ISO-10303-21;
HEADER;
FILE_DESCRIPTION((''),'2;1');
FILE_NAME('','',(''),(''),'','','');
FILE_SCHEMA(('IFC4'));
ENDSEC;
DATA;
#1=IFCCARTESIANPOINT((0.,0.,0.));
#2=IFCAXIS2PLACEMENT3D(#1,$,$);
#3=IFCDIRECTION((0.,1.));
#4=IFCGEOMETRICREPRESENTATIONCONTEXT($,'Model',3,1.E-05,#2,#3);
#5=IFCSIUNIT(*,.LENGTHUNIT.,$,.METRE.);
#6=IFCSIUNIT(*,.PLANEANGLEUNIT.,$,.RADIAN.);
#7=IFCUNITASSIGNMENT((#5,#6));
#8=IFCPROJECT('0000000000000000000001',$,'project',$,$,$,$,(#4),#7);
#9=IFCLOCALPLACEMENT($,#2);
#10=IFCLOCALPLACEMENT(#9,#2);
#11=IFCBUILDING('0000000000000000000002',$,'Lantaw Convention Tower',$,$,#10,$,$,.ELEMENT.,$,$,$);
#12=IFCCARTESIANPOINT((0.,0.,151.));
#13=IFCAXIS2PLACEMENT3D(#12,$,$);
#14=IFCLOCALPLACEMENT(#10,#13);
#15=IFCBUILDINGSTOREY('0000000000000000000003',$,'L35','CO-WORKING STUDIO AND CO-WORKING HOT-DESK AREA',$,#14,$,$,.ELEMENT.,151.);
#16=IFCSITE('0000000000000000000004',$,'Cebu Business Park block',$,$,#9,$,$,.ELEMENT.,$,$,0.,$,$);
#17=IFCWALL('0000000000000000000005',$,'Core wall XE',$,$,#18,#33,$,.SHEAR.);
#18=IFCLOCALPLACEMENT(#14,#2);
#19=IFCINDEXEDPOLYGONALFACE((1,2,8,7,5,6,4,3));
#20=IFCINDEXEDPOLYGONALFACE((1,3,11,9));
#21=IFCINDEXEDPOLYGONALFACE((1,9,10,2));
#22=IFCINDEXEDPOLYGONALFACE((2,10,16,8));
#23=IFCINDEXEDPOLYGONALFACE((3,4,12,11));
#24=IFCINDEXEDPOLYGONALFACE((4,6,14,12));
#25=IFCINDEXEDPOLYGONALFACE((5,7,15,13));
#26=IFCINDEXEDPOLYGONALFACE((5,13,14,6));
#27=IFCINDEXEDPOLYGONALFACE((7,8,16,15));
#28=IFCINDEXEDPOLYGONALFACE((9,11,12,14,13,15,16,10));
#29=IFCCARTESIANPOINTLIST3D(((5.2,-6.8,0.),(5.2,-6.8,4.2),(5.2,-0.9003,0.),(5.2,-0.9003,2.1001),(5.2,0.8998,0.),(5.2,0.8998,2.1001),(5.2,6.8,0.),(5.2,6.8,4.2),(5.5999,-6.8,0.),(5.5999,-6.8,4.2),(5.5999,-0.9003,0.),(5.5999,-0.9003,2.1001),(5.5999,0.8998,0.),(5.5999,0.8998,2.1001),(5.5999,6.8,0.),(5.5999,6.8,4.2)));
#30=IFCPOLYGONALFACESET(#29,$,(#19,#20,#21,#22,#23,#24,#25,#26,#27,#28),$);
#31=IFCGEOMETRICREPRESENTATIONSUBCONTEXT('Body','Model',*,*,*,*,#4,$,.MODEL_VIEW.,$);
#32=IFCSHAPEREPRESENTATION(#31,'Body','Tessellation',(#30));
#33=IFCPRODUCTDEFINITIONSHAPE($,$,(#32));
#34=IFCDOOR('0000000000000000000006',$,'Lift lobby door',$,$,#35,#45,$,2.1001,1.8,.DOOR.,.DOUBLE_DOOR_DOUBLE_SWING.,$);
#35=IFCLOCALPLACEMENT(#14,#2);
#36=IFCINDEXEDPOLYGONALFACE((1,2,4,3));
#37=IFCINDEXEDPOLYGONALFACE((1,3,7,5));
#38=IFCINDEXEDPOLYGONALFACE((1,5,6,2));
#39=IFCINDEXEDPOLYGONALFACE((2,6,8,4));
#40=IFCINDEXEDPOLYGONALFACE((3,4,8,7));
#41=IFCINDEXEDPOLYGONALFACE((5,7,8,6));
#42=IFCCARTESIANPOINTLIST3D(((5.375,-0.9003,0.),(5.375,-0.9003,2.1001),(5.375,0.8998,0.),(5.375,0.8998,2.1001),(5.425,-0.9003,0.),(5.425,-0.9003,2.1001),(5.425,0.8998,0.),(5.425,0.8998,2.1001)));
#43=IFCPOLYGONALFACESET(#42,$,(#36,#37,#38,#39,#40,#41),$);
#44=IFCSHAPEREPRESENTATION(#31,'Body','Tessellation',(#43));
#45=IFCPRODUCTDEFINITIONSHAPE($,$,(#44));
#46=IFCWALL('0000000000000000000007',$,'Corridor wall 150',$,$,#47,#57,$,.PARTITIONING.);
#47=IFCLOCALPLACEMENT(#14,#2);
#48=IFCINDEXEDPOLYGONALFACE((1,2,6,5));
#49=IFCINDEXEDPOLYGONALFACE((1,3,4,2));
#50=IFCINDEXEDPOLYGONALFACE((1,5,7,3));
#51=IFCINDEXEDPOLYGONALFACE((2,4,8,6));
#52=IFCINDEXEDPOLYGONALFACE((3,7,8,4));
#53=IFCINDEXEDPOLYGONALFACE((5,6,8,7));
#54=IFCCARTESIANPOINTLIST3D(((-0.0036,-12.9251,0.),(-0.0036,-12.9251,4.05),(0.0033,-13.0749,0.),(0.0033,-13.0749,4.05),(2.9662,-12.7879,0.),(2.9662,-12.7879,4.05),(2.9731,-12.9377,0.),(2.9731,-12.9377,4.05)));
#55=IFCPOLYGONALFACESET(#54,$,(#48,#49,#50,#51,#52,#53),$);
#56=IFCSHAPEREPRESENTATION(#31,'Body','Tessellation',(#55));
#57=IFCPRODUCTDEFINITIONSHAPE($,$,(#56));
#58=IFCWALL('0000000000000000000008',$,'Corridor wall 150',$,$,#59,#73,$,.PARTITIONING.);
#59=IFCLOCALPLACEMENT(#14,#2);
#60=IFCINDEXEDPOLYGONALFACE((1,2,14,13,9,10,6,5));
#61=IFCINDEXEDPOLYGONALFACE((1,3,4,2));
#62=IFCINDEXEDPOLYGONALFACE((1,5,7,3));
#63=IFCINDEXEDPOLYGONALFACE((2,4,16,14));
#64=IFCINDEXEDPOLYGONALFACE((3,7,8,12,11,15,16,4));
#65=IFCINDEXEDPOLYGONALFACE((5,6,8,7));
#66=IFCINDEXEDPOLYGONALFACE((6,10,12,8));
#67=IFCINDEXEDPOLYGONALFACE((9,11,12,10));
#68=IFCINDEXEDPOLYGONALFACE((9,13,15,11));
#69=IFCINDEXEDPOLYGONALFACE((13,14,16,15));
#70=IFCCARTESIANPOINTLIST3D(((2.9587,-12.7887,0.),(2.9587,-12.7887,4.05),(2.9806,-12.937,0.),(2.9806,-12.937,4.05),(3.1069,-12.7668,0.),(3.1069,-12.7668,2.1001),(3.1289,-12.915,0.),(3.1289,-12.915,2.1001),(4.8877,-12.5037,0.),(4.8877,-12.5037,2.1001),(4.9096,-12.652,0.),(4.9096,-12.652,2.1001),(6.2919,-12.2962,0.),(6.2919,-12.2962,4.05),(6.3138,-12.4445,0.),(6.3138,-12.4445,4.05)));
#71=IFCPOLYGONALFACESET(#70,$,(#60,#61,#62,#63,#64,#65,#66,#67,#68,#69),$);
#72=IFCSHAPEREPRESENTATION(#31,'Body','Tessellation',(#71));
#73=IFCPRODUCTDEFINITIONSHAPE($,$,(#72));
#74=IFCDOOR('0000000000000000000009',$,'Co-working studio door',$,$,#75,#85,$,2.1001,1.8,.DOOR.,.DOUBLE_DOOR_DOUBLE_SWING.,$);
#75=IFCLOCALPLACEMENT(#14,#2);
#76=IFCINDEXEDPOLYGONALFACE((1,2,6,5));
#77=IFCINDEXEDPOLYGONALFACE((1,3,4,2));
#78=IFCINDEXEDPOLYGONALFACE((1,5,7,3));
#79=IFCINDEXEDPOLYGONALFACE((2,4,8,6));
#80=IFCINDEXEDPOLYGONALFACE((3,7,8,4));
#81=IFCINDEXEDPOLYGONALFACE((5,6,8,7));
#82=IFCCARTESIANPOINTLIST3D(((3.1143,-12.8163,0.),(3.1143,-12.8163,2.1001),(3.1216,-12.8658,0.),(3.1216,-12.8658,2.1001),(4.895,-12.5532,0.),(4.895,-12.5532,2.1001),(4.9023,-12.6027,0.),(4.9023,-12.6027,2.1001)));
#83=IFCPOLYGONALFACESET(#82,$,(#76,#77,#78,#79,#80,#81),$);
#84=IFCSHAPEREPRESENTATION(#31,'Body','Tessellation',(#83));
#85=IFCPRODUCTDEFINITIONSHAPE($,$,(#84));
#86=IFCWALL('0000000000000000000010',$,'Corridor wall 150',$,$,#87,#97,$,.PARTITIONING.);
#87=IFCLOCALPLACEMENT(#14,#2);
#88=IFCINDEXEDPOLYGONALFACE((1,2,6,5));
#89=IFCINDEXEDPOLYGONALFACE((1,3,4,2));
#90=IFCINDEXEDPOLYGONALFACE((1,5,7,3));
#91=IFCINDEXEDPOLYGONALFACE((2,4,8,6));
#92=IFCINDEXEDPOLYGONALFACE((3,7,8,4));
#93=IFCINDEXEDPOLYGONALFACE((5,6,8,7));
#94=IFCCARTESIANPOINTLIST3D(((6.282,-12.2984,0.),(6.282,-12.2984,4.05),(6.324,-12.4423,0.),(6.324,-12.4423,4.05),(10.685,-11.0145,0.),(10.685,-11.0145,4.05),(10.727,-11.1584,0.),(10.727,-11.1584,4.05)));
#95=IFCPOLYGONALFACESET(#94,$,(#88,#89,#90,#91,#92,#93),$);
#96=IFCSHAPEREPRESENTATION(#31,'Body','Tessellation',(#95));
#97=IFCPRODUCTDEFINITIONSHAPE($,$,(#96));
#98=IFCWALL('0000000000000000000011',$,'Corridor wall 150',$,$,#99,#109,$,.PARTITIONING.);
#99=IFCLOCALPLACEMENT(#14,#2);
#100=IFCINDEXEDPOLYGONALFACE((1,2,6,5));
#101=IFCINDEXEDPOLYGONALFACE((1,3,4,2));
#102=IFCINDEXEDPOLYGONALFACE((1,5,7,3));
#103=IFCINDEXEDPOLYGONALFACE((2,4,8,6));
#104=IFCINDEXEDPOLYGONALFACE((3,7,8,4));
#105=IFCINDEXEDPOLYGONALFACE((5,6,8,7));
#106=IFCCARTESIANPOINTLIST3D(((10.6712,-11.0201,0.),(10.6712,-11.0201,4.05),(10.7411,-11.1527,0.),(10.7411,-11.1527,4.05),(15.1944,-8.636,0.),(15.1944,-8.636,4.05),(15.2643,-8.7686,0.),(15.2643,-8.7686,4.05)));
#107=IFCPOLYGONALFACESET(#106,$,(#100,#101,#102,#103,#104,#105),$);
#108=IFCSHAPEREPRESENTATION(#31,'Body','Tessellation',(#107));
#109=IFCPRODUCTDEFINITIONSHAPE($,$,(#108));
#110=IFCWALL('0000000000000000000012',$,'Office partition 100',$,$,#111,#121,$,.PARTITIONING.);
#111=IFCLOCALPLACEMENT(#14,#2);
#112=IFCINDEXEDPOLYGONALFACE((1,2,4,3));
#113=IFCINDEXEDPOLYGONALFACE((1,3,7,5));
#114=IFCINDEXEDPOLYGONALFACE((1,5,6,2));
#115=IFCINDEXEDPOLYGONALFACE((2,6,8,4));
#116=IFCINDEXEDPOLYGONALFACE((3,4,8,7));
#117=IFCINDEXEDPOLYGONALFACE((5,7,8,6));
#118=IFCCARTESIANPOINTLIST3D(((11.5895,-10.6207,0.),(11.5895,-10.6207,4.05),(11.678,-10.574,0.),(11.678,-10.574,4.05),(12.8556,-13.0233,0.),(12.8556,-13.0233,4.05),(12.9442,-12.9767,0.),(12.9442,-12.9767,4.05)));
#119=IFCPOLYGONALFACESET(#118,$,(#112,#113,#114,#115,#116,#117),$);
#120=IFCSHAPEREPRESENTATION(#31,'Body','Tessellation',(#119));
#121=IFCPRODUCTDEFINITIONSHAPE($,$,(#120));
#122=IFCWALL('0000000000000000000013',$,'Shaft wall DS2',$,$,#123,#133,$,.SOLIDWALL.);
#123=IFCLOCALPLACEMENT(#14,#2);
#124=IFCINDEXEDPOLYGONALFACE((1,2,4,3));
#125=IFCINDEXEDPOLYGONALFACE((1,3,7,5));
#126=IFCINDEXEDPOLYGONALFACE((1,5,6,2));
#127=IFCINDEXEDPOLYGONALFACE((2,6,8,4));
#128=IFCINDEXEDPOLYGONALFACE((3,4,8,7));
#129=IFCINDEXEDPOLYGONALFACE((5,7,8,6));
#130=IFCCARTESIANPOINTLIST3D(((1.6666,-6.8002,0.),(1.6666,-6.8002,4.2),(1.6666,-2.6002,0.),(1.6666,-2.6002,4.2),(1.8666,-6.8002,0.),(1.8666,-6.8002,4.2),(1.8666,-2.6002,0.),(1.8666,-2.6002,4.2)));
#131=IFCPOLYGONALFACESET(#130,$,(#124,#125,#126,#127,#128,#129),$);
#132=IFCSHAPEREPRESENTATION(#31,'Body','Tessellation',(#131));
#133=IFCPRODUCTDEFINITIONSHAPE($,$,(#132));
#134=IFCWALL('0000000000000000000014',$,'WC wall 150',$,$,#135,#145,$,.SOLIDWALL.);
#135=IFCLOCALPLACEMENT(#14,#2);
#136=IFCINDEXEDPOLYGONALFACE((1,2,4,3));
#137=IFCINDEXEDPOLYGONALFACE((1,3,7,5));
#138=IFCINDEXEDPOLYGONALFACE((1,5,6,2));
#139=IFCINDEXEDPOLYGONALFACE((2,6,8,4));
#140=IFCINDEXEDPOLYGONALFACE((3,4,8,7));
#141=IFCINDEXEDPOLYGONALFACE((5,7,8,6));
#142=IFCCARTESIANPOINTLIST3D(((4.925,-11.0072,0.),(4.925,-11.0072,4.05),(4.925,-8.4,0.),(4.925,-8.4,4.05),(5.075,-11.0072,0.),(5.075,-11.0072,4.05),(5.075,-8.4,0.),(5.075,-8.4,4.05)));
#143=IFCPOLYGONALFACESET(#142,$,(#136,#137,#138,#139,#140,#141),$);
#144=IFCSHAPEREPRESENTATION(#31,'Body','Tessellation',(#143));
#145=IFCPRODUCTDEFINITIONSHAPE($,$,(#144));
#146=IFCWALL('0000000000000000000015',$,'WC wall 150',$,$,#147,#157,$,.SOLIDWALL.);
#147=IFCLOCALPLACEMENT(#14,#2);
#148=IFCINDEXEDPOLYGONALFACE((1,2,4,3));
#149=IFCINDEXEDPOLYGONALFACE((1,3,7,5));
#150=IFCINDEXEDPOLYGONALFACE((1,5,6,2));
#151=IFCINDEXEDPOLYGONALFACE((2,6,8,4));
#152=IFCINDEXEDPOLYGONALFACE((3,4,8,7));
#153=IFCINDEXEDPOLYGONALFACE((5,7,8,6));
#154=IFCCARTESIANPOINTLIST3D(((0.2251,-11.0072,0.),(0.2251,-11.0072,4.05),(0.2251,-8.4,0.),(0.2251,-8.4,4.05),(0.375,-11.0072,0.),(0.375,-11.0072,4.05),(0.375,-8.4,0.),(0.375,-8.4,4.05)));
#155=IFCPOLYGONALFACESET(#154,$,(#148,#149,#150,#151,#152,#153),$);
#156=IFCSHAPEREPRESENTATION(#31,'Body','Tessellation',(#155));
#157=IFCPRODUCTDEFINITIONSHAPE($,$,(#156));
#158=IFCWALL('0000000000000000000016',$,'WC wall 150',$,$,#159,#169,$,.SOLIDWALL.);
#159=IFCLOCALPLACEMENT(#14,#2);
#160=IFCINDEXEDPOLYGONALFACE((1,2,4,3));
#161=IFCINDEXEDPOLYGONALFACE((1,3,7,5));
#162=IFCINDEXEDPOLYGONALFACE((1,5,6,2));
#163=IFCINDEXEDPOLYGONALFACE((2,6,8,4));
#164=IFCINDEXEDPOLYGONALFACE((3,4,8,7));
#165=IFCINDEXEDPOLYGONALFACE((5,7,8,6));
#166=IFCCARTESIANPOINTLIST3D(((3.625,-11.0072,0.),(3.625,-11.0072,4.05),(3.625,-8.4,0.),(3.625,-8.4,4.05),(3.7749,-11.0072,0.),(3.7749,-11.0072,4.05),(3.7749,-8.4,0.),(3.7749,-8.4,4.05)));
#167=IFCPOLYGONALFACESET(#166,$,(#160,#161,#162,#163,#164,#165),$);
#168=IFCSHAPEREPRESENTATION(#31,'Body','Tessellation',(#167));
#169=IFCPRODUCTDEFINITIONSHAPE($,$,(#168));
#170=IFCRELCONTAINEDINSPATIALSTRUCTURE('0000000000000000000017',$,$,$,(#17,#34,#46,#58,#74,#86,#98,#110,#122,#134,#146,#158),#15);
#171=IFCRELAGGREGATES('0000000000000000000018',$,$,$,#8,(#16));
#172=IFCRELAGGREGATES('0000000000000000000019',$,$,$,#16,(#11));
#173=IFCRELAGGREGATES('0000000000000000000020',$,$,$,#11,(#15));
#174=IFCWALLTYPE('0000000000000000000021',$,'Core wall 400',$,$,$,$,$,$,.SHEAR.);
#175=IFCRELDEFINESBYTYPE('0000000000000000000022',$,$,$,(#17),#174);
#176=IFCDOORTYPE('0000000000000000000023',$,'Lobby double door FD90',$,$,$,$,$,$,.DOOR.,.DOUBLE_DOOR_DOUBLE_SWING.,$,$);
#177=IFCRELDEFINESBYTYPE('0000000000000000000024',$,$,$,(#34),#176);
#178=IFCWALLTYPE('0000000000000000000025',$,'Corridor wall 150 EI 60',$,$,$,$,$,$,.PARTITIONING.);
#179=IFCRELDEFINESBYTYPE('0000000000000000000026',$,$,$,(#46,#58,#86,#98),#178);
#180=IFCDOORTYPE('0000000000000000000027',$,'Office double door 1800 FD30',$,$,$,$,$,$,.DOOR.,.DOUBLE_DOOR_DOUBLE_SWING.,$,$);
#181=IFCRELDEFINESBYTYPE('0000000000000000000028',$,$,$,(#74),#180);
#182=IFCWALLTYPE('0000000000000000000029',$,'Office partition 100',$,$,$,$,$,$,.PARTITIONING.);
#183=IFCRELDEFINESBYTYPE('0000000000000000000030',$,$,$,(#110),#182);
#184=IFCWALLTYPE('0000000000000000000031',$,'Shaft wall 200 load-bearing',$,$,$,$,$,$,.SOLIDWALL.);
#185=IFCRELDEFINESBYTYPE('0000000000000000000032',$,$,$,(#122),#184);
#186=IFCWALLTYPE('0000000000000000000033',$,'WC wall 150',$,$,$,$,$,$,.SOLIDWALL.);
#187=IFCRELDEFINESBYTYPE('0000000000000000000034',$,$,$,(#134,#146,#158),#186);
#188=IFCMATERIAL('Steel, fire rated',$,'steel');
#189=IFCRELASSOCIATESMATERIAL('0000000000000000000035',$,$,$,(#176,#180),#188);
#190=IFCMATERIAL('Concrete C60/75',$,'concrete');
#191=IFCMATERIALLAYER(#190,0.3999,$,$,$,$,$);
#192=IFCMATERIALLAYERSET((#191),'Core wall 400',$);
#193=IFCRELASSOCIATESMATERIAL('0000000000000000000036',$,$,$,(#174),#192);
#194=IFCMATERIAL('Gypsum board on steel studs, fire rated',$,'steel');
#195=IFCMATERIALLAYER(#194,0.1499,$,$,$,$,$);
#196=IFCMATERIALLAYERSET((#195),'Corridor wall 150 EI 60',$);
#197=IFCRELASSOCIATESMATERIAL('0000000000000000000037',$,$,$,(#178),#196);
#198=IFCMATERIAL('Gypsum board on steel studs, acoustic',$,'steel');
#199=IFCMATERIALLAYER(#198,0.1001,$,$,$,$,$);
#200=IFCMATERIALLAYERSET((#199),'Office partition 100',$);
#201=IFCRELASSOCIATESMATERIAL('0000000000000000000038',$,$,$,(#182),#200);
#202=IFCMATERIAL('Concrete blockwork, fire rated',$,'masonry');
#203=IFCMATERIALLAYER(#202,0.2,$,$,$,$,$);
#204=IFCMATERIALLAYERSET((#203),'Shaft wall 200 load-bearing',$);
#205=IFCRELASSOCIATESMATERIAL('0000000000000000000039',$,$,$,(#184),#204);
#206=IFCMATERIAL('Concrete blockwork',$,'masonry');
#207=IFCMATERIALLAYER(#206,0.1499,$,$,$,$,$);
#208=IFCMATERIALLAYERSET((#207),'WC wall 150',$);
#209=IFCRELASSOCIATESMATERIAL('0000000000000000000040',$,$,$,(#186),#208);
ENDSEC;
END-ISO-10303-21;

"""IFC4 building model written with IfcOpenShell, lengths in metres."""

from ifc_helpers import new_model, si_unit, direction, frame, frame_2d, origin, place, context, subcontext, project, spatial, rectangle, extrude, material, layer, layer_set, type_object, element, fill, save


model = new_model("IFC4")

# Units and contexts
model_context = context("Model", 3, precision=1e-05, world=origin(), true_north=direction((0.0, 1.0)))
body_context = subcontext(model_context, "Body", "Model", "MODEL_VIEW")
ifc_project = project(units=[si_unit("LENGTHUNIT", "METRE"), si_unit("PLANEANGLEUNIT", "RADIAN")], contexts=[model_context])

# Site, building, storey
site_placement = place(None, origin())
site = spatial("IfcSite", under=ifc_project, at=site_placement, Name="Cebu Business Park block", CompositionType="ELEMENT", RefElevation=0.0)
building_placement = place(site_placement, origin())
building = spatial("IfcBuilding", under=site, at=building_placement, Name="Lantaw Convention Tower", CompositionType="ELEMENT")
storey_placement = place(building_placement, frame((0.0, 0.0, 151.0)))
storey = spatial("IfcBuildingStorey", under=building, at=storey_placement, Name="L35", Description="CO-WORKING STUDIO AND CO-WORKING HOT-DESK AREA", CompositionType="ELEMENT", Elevation=151.0)

# Shared definitions
ifc_material_1 = material(Name="Concrete C60/75", Category="concrete")

# Wall, opening, door
ifc_material_2 = material(Name="Steel, fire rated", Category="steel")
door_type_1 = type_object("IfcDoorType", Name="Lobby double door FD90", OperationType="DOUBLE_DOOR_DOUBLE_SWING", PredefinedType="DOOR", material=ifc_material_2)
ifc_layer_1 = layer(ifc_material_1, 0.3999)
ifc_layer_set_1 = layer_set([ifc_layer_1], Name="Core wall 400")
wall_type_1 = type_object("IfcWallType", Name="Core wall 400", PredefinedType="SHEAR", material=ifc_layer_set_1)
wall_1_placement = place(storey_placement, frame((5.3999, -6.8, 0.0), z_axis=(0.0, 0.0, 1.0), x_axis=(0.0, 1.0, 0.0)))
wall_1 = element("IfcWall", 1, at=wall_1_placement, inside=storey, type_object=wall_type_1, Name="Core wall XE", PredefinedType="SHEAR", context=body_context, shape_type="SweptSolid", body=[
    extrude(rectangle(XDim=13.6001, YDim=0.3999, at=frame_2d((6.8, 0.0))), origin(), (0.0, 0.0, 1.0), 4.2),
])
opening_1_placement = place(wall_1_placement, frame((5.8999, 0.0, 0.0)))
opening_1 = element("IfcOpeningElement", 2, at=opening_1_placement, cuts=wall_1, PredefinedType="OPENING", context=body_context, shape_type="SweptSolid", body=[
    extrude(rectangle(XDim=1.8, YDim=2.1001, at=frame_2d((0.8999, 1.05))), frame((0.0, 0.21, 0.0), z_axis=(0.0, -1.0, 0.0), x_axis=(1.0, 0.0, 0.0)), (0.0, 0.0, 1.0), 0.4199),
])
door_1_placement = place(opening_1_placement, origin())
door_1 = element("IfcDoor", 3, at=door_1_placement, inside=storey, type_object=door_type_1, Name="Lift lobby door", OperationType="DOUBLE_DOOR_DOUBLE_SWING", OverallHeight=2.1001, OverallWidth=1.8, PredefinedType="DOOR", context=body_context, shape_type="SweptSolid", body=[
    extrude(rectangle(XDim=1.8, YDim=2.1001, at=frame_2d((0.8999, 1.05))), frame((0.0, 0.0249, 0.0), z_axis=(0.0, -1.0, 0.0), x_axis=(1.0, 0.0, 0.0)), (0.0, 0.0, 1.0), 0.05),
])
fill(opening_1, door_1)

# Wall
ifc_material_3 = material(Name="Gypsum board on steel studs, fire rated", Category="steel")
ifc_layer_2 = layer(ifc_material_3, 0.1499)
ifc_layer_set_2 = layer_set([ifc_layer_2], Name="Corridor wall 150 EI 60")
wall_type_2 = type_object("IfcWallType", Name="Corridor wall 150 EI 60", PredefinedType="PARTITIONING", material=ifc_layer_set_2)
wall_2_placement = place(storey_placement, frame((0.0, -13.0, 0.0), z_axis=(0.0, 0.0, 1.0), x_axis=(0.998934, 0.046153, 0.0)))
element("IfcWall", 4, at=wall_2_placement, inside=storey, type_object=wall_type_2, Name="Corridor wall 150", PredefinedType="PARTITIONING", context=body_context, shape_type="SweptSolid", body=[
    extrude(rectangle(XDim=2.9729, YDim=0.1499, at=frame_2d((1.4863, 0.0))), origin(), (0.0, 0.0, 1.0), 4.05),
])

# Wall, opening, door
wall_3_placement = place(storey_placement, frame((2.9697, -12.8628, 0.0), z_axis=(0.0, 0.0, 1.0), x_axis=(0.989263, 0.146147, 0.0)))
wall_3 = element("IfcWall", 5, at=wall_3_placement, inside=storey, type_object=wall_type_2, Name="Corridor wall 150", PredefinedType="PARTITIONING", context=body_context, shape_type="SweptSolid", body=[
    extrude(rectangle(XDim=3.3694, YDim=0.1499, at=frame_2d((1.6846, 0.0))), origin(), (0.0, 0.0, 1.0), 4.05),
])
opening_2_placement = place(wall_3_placement, frame((0.1499, 0.0, 0.0)))
opening_2 = element("IfcOpeningElement", 6, at=opening_2_placement, cuts=wall_3, PredefinedType="OPENING", context=body_context, shape_type="SweptSolid", body=[
    extrude(rectangle(XDim=1.8, YDim=2.1001, at=frame_2d((0.8999, 1.05))), frame((0.0, 0.085, 0.0), z_axis=(0.0, -1.0, 0.0), x_axis=(1.0, 0.0, 0.0)), (0.0, 0.0, 1.0), 0.1699),
])
door_type_2 = type_object("IfcDoorType", Name="Office double door 1800 FD30", OperationType="DOUBLE_DOOR_DOUBLE_SWING", PredefinedType="DOOR", material=ifc_material_2)
door_2_placement = place(opening_2_placement, origin())
door_2 = element("IfcDoor", 7, at=door_2_placement, inside=storey, type_object=door_type_2, Name="Co-working studio door", OperationType="DOUBLE_DOOR_DOUBLE_SWING", OverallHeight=2.1001, OverallWidth=1.8, PredefinedType="DOOR", context=body_context, shape_type="SweptSolid", body=[
    extrude(rectangle(XDim=1.8, YDim=2.1001, at=frame_2d((0.8999, 1.05))), frame((0.0, 0.0249, 0.0), z_axis=(0.0, -1.0, 0.0), x_axis=(1.0, 0.0, 0.0)), (0.0, 0.0, 1.0), 0.05),
])
fill(opening_2, door_2)

# Walls
wall_4_placement = place(storey_placement, frame((6.303, -12.3704, 0.0), z_axis=(0.0, 0.0, 1.0), x_axis=(0.960017, 0.279941, 0.0)))
element("IfcWall", 8, at=wall_4_placement, inside=storey, type_object=wall_type_2, Name="Corridor wall 150", PredefinedType="PARTITIONING", context=body_context, shape_type="SweptSolid", body=[
    extrude(rectangle(XDim=4.5864, YDim=0.1499, at=frame_2d((2.2932, 0.0))), origin(), (0.0, 0.0, 1.0), 4.05),
])
wall_5_placement = place(storey_placement, frame((10.7061, -11.0864, 0.0), z_axis=(0.0, 0.0, 1.0), x_axis=(0.884644, 0.466268, 0.0)))
element("IfcWall", 9, at=wall_5_placement, inside=storey, type_object=wall_type_2, Name="Corridor wall 150", PredefinedType="PARTITIONING", context=body_context, shape_type="SweptSolid", body=[
    extrude(rectangle(XDim=5.113, YDim=0.1499, at=frame_2d((2.5566, 0.0))), origin(), (0.0, 0.0, 1.0), 4.05),
])
ifc_material_4 = material(Name="Gypsum board on steel studs, acoustic", Category="steel")
ifc_layer_3 = layer(ifc_material_4, 0.1001)
ifc_layer_set_3 = layer_set([ifc_layer_3], Name="Office partition 100")
wall_type_3 = type_object("IfcWallType", Name="Office partition 100", PredefinedType="PARTITIONING", material=ifc_layer_set_3)
wall_6_placement = place(storey_placement, frame((12.8999, -13.0, 0.0), z_axis=(0.0, 0.0, 1.0), x_axis=(-0.466206, 0.884676, 0.0)))
element("IfcWall", 10, at=wall_6_placement, inside=storey, type_object=wall_type_3, Name="Office partition 100", PredefinedType="PARTITIONING", context=body_context, shape_type="SweptSolid", body=[
    extrude(rectangle(XDim=2.7158, YDim=0.1001, at=frame_2d((1.3579, 0.0))), origin(), (0.0, 0.0, 1.0), 4.05),
])
ifc_material_5 = material(Name="Concrete blockwork, fire rated", Category="masonry")
ifc_layer_4 = layer(ifc_material_5, 0.2)
ifc_layer_set_4 = layer_set([ifc_layer_4], Name="Shaft wall 200 load-bearing")
wall_type_4 = type_object("IfcWallType", Name="Shaft wall 200 load-bearing", PredefinedType="SOLIDWALL", material=ifc_layer_set_4)
wall_7_placement = place(storey_placement, frame((1.7666, -2.6001, 0.0), z_axis=(0.0, 0.0, 1.0), x_axis=(0.0, -1.0, 0.0)))
element("IfcWall", 11, at=wall_7_placement, inside=storey, type_object=wall_type_4, Name="Shaft wall DS2", PredefinedType="SOLIDWALL", context=body_context, shape_type="SweptSolid", body=[
    extrude(rectangle(XDim=4.2, YDim=0.2, at=frame_2d((2.1001, 0.0))), origin(), (0.0, 0.0, 1.0), 4.2),
])
ifc_material_6 = material(Name="Concrete blockwork", Category="masonry")
ifc_layer_5 = layer(ifc_material_6, 0.1499)
ifc_layer_set_5 = layer_set([ifc_layer_5], Name="WC wall 150")
wall_type_5 = type_object("IfcWallType", Name="WC wall 150", PredefinedType="SOLIDWALL", material=ifc_layer_set_5)
for number, where, z_axis, x_axis, name in (
    (12, (5.0, -8.3999, 0.0), (0.0, 0.0, 1.0), (0.0, -1.0, 0.0), "WC wall 150"),
    (13, (0.3, -8.3999, 0.0), (0.0, 0.0, 1.0), (0.0, -1.0, 0.0), "WC wall 150"),
    (14, (3.7, -8.3999, 0.0), (0.0, 0.0, 1.0), (0.0, -1.0, 0.0), "WC wall 150"),
):
    element("IfcWall", number, at=place(storey_placement, frame(where, z_axis=z_axis, x_axis=x_axis)), inside=storey, type_object=wall_type_5, Name=name, PredefinedType="SOLIDWALL", context=body_context, shape_type="SweptSolid", body=[
        extrude(rectangle(XDim=2.6072, YDim=0.1499, at=frame_2d((1.3037, 0.0))), origin(), (0.0, 0.0, 1.0), 4.05),
    ])

save(model, "model.ifc")
